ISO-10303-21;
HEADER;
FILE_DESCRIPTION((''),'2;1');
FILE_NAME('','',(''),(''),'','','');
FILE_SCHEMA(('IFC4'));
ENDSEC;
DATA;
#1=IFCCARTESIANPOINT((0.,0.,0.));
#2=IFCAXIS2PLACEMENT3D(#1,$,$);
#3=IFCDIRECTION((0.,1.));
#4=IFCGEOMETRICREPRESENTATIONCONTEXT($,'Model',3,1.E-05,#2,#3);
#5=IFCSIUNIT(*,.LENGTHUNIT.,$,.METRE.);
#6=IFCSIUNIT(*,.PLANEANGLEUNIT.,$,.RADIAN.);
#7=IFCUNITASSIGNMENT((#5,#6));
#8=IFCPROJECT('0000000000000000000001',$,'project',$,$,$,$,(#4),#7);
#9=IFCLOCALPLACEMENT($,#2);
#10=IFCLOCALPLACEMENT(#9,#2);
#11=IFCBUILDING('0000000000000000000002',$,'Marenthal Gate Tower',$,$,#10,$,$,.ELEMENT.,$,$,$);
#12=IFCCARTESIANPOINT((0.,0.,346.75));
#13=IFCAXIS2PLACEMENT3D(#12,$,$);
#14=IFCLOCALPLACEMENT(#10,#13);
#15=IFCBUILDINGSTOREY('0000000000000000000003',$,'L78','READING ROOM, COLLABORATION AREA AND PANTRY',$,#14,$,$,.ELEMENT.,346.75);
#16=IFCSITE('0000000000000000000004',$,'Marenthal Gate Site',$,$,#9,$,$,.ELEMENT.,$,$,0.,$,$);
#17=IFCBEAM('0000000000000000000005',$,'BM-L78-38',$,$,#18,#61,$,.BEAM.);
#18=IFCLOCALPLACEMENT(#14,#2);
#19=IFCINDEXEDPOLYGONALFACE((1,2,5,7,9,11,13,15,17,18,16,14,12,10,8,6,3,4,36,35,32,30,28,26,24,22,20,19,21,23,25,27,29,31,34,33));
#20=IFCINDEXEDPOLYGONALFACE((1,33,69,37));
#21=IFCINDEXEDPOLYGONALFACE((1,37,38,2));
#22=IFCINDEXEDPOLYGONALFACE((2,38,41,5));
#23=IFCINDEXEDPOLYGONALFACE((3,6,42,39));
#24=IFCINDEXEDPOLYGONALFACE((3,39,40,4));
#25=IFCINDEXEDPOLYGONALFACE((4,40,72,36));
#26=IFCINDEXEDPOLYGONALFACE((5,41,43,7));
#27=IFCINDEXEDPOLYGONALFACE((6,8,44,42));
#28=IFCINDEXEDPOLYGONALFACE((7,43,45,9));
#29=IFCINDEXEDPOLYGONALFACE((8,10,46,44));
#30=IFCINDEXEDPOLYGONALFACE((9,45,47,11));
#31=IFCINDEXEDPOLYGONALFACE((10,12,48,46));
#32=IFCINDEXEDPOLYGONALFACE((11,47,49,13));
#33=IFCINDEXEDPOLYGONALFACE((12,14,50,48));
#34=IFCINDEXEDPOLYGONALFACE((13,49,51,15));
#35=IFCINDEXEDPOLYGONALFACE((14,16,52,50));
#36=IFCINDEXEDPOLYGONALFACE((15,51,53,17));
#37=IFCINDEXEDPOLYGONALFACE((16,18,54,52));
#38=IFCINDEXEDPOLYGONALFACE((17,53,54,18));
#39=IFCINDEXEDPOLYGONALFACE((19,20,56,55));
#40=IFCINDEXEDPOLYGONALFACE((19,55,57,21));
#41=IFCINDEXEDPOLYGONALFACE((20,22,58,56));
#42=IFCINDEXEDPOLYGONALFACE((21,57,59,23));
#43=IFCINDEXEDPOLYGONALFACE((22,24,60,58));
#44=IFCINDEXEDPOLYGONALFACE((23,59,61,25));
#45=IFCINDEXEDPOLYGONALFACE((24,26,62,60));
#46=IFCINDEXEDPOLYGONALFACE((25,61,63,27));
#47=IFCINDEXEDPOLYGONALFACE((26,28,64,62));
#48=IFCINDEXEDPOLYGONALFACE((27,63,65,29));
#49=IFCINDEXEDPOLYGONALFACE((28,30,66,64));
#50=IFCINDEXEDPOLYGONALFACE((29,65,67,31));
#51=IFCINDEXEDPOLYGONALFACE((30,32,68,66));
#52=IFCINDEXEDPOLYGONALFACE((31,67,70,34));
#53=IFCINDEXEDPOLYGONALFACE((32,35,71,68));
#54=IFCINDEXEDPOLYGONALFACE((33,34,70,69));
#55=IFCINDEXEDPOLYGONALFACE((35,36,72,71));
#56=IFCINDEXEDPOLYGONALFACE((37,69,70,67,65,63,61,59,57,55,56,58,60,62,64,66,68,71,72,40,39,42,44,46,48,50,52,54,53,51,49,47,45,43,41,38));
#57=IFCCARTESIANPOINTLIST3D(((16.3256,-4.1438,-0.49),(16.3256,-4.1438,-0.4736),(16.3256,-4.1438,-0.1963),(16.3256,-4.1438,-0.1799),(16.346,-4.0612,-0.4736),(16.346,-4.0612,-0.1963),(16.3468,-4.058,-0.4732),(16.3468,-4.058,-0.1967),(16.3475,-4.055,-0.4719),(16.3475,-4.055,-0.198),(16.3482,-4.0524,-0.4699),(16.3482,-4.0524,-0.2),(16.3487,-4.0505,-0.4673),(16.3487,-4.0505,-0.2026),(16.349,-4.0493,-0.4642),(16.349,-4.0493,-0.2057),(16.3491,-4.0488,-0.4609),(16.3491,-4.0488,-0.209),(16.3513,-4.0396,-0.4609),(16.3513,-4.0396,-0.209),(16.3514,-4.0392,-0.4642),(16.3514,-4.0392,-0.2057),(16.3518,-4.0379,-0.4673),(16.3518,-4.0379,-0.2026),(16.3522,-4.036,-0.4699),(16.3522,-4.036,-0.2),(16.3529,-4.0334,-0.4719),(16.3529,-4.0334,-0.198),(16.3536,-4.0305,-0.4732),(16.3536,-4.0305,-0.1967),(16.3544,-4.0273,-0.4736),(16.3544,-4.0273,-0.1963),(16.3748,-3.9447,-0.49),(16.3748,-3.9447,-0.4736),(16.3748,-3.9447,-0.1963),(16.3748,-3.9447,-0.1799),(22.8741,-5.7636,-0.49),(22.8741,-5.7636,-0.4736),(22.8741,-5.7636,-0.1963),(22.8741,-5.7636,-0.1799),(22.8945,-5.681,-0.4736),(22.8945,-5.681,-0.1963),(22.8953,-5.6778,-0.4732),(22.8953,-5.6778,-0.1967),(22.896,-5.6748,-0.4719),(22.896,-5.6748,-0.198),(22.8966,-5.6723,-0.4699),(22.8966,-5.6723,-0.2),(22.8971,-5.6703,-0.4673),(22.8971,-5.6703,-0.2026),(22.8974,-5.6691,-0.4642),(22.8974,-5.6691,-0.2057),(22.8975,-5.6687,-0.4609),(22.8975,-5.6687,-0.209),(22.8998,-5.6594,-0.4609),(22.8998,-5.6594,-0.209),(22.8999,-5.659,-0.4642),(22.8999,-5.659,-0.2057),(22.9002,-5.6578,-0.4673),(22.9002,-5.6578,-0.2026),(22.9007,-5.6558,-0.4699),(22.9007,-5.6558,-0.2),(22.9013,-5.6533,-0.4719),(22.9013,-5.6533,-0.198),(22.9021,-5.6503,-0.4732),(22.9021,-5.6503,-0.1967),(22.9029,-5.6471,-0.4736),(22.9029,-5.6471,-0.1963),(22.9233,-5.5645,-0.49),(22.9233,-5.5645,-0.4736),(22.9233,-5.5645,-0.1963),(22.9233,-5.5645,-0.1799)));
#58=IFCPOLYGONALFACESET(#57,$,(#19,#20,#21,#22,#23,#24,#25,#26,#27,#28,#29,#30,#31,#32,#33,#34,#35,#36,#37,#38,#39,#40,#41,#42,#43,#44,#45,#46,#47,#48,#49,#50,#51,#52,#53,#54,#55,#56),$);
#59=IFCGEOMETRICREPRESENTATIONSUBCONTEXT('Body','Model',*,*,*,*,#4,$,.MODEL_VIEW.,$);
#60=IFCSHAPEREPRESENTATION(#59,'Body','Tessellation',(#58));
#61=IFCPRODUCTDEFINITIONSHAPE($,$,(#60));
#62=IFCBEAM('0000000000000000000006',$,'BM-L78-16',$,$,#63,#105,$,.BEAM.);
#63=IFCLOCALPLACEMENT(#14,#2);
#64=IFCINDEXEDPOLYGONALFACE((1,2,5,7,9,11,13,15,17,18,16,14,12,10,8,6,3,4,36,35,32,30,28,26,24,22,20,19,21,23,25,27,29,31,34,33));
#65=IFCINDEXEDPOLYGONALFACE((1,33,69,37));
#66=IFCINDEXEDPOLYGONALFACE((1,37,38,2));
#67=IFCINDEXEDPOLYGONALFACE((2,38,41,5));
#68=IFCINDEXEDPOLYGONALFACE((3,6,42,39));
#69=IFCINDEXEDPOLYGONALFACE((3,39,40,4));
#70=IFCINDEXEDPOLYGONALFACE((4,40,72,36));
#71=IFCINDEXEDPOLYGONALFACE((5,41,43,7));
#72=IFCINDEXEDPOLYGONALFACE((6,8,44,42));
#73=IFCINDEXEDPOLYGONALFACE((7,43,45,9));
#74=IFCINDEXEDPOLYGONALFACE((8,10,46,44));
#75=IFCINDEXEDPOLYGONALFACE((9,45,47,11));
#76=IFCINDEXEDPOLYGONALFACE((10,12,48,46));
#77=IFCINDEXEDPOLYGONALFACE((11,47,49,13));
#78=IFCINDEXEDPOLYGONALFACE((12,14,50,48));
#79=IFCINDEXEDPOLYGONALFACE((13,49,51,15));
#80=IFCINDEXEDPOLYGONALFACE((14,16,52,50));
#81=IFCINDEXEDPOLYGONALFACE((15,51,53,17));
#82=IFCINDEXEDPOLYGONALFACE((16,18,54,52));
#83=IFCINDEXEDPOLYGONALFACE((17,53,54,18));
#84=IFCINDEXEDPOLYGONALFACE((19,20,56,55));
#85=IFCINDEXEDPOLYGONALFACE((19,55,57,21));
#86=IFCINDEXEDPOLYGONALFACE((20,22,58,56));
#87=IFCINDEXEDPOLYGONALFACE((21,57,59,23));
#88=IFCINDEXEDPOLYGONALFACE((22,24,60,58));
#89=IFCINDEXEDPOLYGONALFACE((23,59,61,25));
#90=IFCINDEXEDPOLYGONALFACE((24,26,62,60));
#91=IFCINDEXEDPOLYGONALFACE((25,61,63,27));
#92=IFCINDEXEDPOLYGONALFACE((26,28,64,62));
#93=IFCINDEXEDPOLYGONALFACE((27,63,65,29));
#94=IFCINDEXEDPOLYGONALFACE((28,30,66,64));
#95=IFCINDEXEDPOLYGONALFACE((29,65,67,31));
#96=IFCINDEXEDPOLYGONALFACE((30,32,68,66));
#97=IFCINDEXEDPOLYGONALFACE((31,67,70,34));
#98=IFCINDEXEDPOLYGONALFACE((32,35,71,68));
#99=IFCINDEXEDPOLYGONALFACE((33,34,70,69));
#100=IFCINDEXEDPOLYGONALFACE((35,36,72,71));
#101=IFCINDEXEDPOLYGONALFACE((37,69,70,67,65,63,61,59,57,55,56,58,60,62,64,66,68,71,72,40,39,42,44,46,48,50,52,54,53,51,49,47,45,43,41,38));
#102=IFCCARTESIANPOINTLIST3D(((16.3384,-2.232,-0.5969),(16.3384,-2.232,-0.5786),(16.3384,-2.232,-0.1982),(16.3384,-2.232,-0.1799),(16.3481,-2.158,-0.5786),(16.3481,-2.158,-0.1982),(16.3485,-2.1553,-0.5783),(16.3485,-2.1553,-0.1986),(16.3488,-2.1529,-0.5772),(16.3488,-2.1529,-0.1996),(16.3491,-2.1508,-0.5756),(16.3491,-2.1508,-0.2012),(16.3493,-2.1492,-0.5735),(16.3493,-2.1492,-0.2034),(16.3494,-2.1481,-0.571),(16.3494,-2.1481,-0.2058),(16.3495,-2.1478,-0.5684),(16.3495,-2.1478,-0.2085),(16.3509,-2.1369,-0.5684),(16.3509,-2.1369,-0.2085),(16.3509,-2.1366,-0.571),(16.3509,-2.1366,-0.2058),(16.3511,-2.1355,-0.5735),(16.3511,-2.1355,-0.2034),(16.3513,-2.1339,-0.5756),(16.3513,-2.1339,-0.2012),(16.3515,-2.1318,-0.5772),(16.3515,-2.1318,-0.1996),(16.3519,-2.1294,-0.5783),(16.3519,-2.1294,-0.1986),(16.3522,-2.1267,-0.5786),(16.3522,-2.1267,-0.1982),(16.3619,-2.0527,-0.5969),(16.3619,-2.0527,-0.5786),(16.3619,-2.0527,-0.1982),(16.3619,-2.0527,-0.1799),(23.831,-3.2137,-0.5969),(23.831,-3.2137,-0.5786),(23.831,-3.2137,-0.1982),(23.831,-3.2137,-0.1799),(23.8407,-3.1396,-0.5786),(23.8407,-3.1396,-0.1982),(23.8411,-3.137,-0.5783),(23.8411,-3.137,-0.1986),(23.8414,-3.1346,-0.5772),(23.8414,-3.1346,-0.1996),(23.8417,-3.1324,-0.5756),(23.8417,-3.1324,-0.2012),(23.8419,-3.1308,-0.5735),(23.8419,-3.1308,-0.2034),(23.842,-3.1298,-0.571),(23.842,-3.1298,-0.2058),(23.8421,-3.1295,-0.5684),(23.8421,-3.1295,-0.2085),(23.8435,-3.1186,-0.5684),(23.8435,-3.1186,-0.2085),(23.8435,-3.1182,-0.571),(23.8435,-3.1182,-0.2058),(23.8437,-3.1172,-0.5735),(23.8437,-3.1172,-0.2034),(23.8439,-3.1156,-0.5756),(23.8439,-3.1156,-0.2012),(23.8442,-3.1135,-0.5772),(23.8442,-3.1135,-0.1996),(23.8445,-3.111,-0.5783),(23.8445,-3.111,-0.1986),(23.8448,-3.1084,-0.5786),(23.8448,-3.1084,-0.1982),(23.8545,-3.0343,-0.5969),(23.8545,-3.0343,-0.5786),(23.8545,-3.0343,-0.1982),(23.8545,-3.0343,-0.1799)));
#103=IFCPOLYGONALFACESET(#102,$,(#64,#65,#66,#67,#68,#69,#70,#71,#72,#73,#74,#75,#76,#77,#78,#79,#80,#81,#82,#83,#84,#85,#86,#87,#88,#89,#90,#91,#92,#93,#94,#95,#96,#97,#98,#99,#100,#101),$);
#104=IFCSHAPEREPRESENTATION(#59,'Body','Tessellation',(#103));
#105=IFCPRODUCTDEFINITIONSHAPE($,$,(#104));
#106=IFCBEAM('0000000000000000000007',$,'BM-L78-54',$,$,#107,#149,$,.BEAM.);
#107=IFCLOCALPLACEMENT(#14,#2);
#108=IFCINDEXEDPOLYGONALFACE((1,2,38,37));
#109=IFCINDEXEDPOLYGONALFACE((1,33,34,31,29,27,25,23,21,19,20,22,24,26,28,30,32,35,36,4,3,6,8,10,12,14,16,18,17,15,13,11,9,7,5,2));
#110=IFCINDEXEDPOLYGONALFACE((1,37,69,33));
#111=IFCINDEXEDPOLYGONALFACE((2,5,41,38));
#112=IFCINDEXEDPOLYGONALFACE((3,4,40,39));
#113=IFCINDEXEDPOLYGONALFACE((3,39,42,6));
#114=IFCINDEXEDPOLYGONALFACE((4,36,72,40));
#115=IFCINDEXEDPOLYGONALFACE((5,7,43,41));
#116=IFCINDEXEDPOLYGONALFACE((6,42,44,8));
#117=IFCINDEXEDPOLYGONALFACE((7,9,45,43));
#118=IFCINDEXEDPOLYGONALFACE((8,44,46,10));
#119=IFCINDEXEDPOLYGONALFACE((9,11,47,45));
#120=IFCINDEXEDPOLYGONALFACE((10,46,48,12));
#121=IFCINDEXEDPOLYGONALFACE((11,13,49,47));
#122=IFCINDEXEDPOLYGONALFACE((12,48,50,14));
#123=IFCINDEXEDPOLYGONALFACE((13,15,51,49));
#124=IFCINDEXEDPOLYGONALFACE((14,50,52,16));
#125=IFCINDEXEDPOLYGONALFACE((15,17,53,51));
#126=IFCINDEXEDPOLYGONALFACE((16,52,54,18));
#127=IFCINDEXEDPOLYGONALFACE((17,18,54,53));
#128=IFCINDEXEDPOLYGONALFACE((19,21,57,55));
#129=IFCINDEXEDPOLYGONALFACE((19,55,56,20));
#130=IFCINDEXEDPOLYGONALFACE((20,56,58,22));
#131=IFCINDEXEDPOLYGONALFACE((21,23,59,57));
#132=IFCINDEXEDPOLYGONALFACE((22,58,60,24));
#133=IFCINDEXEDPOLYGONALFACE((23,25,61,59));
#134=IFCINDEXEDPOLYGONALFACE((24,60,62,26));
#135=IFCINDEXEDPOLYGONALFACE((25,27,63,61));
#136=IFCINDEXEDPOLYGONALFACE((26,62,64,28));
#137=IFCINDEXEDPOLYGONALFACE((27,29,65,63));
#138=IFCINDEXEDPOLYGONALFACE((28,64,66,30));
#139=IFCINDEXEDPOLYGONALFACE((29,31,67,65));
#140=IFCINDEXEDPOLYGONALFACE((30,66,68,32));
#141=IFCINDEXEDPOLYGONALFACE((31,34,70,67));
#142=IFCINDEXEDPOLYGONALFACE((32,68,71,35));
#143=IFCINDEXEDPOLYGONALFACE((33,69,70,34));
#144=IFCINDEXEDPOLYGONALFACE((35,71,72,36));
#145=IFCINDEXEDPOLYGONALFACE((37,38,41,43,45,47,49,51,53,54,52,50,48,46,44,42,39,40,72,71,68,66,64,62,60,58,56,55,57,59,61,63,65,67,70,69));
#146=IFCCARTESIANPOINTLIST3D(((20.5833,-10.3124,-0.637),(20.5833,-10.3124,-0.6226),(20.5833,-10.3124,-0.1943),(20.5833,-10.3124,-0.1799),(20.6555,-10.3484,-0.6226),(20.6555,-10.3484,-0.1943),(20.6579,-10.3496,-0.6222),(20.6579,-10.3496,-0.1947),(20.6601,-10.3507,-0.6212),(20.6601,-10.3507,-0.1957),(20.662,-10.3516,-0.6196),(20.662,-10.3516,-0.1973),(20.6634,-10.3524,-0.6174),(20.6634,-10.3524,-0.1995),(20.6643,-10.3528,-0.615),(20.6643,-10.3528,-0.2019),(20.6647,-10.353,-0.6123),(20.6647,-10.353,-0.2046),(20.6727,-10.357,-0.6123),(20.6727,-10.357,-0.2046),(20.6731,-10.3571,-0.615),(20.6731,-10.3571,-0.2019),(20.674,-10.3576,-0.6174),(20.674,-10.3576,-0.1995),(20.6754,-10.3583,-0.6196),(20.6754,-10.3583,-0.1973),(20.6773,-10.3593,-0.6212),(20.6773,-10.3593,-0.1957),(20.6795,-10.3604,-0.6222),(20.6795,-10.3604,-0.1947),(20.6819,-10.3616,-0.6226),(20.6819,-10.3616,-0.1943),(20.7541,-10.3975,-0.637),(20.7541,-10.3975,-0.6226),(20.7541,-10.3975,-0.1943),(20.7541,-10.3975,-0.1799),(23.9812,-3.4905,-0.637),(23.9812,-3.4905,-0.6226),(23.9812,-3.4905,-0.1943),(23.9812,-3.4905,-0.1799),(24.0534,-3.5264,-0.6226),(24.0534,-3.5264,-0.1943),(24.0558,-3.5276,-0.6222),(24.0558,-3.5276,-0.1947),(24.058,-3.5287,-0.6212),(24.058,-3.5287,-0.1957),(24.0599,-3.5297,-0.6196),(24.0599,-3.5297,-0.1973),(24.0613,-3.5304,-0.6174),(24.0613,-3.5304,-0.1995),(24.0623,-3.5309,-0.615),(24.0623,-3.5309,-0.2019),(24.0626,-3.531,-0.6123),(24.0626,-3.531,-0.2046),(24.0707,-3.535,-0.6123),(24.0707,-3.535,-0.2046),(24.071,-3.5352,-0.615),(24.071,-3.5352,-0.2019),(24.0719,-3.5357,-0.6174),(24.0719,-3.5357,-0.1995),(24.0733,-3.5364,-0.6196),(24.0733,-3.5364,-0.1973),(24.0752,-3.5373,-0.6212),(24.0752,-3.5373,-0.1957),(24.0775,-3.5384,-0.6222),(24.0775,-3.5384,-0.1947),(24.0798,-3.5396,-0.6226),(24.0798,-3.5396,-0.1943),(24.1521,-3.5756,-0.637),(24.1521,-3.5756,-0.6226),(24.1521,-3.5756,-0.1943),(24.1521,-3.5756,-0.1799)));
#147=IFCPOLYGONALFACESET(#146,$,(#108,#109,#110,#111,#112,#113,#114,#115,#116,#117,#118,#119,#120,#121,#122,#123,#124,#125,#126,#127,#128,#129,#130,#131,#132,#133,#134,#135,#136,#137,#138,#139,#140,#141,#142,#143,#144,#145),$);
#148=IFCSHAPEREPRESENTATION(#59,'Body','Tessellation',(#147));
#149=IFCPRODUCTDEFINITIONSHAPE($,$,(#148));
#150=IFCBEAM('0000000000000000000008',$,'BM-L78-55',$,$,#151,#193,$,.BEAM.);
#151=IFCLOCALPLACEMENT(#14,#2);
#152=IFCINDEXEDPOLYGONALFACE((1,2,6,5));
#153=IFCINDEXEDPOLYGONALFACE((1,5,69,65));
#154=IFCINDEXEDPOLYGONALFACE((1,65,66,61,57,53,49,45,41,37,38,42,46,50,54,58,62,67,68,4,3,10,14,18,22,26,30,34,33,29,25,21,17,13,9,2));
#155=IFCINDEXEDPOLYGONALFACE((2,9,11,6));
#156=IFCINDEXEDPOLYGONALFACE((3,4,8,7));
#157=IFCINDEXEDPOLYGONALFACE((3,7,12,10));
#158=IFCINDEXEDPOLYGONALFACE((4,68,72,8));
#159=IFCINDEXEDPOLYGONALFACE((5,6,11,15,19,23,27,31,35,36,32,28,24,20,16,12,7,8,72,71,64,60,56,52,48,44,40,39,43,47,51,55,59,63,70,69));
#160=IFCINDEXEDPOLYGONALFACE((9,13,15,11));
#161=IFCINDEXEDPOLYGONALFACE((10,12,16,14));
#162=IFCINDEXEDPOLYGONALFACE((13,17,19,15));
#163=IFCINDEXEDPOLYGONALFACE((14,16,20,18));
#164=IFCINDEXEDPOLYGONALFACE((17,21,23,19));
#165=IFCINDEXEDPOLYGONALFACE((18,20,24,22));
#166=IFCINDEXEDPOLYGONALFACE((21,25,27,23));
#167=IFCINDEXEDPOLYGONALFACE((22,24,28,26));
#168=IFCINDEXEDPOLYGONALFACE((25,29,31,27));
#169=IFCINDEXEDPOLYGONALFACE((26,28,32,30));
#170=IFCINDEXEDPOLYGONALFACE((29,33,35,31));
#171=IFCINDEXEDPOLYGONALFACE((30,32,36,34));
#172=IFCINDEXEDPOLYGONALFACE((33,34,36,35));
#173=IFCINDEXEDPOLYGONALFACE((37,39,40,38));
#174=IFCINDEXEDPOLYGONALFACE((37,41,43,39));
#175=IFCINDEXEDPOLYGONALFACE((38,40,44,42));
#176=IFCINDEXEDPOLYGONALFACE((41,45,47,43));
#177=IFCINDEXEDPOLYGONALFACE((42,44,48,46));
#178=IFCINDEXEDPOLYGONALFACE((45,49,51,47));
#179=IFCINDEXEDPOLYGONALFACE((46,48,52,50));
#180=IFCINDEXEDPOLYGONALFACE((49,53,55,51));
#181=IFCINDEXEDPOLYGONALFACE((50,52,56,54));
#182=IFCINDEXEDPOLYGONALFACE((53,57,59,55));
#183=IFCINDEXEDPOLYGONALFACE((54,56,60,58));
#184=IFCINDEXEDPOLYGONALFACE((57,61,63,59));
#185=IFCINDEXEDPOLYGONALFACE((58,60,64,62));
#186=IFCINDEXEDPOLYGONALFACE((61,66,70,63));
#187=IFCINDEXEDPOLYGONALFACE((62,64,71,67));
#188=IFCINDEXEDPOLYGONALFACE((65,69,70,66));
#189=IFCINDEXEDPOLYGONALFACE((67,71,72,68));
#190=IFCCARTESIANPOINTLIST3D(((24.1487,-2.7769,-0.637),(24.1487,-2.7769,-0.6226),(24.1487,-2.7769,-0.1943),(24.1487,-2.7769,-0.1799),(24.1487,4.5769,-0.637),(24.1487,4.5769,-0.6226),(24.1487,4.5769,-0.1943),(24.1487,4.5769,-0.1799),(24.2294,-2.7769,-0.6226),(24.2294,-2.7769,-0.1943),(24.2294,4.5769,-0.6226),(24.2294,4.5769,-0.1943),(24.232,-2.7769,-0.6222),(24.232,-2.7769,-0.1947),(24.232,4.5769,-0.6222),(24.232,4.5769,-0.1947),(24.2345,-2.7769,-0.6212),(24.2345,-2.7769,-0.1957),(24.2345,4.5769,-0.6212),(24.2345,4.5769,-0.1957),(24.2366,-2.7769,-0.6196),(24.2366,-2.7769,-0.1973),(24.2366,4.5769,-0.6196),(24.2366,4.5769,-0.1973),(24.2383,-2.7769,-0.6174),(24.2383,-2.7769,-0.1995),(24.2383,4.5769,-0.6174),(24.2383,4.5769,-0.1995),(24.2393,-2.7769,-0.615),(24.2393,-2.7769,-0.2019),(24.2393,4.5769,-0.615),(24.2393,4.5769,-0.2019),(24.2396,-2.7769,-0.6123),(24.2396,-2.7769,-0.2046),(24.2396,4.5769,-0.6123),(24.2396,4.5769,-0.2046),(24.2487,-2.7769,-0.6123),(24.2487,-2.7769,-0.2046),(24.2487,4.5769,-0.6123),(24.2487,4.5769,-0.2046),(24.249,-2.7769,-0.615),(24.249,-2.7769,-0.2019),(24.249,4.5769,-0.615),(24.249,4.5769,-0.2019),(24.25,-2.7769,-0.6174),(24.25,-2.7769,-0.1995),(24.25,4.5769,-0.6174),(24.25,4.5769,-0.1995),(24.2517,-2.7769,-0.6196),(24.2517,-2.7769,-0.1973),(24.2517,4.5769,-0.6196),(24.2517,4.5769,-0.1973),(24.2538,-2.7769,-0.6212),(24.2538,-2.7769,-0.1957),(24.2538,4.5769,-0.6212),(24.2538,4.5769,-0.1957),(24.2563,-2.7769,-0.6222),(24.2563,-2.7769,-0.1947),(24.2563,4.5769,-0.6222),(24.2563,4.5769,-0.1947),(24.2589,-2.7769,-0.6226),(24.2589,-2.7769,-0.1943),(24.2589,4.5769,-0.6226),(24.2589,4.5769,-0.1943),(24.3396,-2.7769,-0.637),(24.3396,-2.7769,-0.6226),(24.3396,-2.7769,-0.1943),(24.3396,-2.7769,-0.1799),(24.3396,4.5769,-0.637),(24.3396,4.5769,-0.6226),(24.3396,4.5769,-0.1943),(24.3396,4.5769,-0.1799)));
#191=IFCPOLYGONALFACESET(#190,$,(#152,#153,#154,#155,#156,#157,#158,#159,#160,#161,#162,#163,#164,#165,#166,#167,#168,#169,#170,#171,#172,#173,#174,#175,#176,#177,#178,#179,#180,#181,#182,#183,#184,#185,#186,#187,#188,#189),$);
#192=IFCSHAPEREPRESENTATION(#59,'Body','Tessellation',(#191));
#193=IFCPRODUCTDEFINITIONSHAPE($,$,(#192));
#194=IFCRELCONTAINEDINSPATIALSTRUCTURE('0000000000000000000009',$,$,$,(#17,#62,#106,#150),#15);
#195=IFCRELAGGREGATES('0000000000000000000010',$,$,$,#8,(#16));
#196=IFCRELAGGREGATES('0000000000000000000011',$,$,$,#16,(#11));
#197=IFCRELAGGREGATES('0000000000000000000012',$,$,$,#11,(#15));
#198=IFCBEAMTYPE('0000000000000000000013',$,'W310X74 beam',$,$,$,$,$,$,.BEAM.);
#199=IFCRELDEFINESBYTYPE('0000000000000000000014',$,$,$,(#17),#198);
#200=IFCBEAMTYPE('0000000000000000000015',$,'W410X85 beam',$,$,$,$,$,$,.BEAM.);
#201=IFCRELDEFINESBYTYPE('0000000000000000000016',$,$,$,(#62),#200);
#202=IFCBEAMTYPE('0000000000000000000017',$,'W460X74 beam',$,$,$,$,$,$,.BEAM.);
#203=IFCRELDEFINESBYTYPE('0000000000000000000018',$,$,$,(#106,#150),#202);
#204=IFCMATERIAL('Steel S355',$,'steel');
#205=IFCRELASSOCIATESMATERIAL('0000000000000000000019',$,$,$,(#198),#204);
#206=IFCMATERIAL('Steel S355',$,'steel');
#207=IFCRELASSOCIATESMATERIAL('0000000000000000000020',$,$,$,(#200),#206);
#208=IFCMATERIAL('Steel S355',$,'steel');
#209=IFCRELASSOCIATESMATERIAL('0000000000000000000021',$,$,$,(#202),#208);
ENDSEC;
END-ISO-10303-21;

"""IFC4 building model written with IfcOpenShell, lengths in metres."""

from ifc_helpers import new_model, si_unit, direction, frame, origin, origin_2d, place, context, subcontext, project, spatial, i_section, extrude, material, material_profile, profile_set, type_object, element, save


model = new_model("IFC4")

# Units and contexts
model_context = context("Model", 3, precision=1e-05, world=origin(), true_north=direction((0.0, 1.0)))
body_context = subcontext(model_context, "Body", "Model", "MODEL_VIEW")
ifc_project = project(units=[si_unit("LENGTHUNIT", "METRE"), si_unit("PLANEANGLEUNIT", "RADIAN")], contexts=[model_context])

# Site, building, storey
site_placement = place(None, origin())
site = spatial("IfcSite", under=ifc_project, at=site_placement, Name="Marenthal Gate Site", CompositionType="ELEMENT", RefElevation=0.0)
building_placement = place(site_placement, origin())
building = spatial("IfcBuilding", under=site, at=building_placement, Name="Marenthal Gate Tower", CompositionType="ELEMENT")
storey_placement = place(building_placement, frame((0.0, 0.0, 346.75)))
storey = spatial("IfcBuildingStorey", under=building, at=storey_placement, Name="L78", Description="READING ROOM, COLLABORATION AREA AND PANTRY", CompositionType="ELEMENT", Elevation=346.75)

# Beams
ifc_material_1 = material(Name="Steel S355", Category="steel")
ifc_material_profile_1 = material_profile(ifc_material_1, i_section(OverallWidth=0.2051, OverallDepth=0.3101, WebThickness=0.0095, FlangeThickness=0.0164, FilletRadius=0.0127, at=origin_2d()), Name="W310X74")
ifc_profile_set_1 = profile_set([ifc_material_profile_1], Name="Steel S355")
beam_type_1 = type_object("IfcBeamType", Name="W310X74 beam", PredefinedType="BEAM", material=ifc_profile_set_1)
beam_1_placement = place(storey_placement, frame((22.8987, -5.6641, -0.335), z_axis=(-0.970742, 0.240125, 0.0), x_axis=(-0.240125, -0.970742, 0.0)))
element("IfcBeam", 1, at=beam_1_placement, inside=storey, type_object=beam_type_1, Name="BM-L78-38", PredefinedType="BEAM", context=body_context, shape_type="SweptSolid", body=[
    extrude(i_section(OverallWidth=0.2051, OverallDepth=0.3101, WebThickness=0.0095, FlangeThickness=0.0164, FilletRadius=0.0127, at=origin_2d()), origin(), (0.0, 0.0, 1.0), 6.7458),
])
ifc_material_2 = material(Name="Steel S355", Category="steel")
ifc_material_profile_2 = material_profile(ifc_material_2, i_section(OverallWidth=0.1809, OverallDepth=0.417, WebThickness=0.011, FlangeThickness=0.0183, FilletRadius=0.0103, at=origin_2d()), Name="W410X85")
ifc_profile_set_2 = profile_set([ifc_material_profile_2], Name="Steel S355")
beam_type_2 = type_object("IfcBeamType", Name="W410X85 beam", PredefinedType="BEAM", material=ifc_profile_set_2)
beam_2_placement = place(storey_placement, frame((23.8428, -3.124, -0.3884), z_axis=(-0.991526, 0.12991, 0.0), x_axis=(-0.12991, -0.991526, 0.0)))
element("IfcBeam", 2, at=beam_2_placement, inside=storey, type_object=beam_type_2, Name="BM-L78-16", PredefinedType="BEAM", context=body_context, shape_type="SweptSolid", body=[
    extrude(i_section(OverallWidth=0.1809, OverallDepth=0.417, WebThickness=0.011, FlangeThickness=0.0183, FilletRadius=0.0103, at=origin_2d()), origin(), (0.0, 0.0, 1.0), 7.5566),
])
ifc_material_3 = material(Name="Steel S355", Category="steel")
ifc_material_profile_3 = material_profile(ifc_material_3, i_section(OverallWidth=0.1909, OverallDepth=0.457, WebThickness=0.009, FlangeThickness=0.0144, FilletRadius=0.0103, at=origin_2d()), Name="W460X74")
ifc_profile_set_3 = profile_set([ifc_material_profile_3], Name="Steel S355")
beam_type_3 = type_object("IfcBeamType", Name="W460X74 beam", PredefinedType="BEAM", material=ifc_profile_set_3)
beam_3_placement = place(storey_placement, frame((20.6687, -10.355, -0.4084), z_axis=(0.445842, 0.895112, 0.0), x_axis=(-0.895112, 0.445842, 0.0)))
element("IfcBeam", 3, at=beam_3_placement, inside=storey, type_object=beam_type_3, Name="BM-L78-54", PredefinedType="BEAM", context=body_context, shape_type="SweptSolid", body=[
    extrude(i_section(OverallWidth=0.1909, OverallDepth=0.457, WebThickness=0.009, FlangeThickness=0.0144, FilletRadius=0.0103, at=origin_2d()), origin(), (0.0, 0.0, 1.0), 7.6213),
])
beam_4_placement = place(storey_placement, frame((24.2441, -2.7769, -0.4084), z_axis=(0.0, 1.0, 0.0), x_axis=(-1.0, 0.0, 0.0)))
element("IfcBeam", 4, at=beam_4_placement, inside=storey, type_object=beam_type_3, Name="BM-L78-55", PredefinedType="BEAM", context=body_context, shape_type="SweptSolid", body=[
    extrude(i_section(OverallWidth=0.1909, OverallDepth=0.457, WebThickness=0.009, FlangeThickness=0.0144, FilletRadius=0.0103, at=origin_2d()), origin(), (0.0, 0.0, 1.0), 7.3538),
])

save(model, "model.ifc")
